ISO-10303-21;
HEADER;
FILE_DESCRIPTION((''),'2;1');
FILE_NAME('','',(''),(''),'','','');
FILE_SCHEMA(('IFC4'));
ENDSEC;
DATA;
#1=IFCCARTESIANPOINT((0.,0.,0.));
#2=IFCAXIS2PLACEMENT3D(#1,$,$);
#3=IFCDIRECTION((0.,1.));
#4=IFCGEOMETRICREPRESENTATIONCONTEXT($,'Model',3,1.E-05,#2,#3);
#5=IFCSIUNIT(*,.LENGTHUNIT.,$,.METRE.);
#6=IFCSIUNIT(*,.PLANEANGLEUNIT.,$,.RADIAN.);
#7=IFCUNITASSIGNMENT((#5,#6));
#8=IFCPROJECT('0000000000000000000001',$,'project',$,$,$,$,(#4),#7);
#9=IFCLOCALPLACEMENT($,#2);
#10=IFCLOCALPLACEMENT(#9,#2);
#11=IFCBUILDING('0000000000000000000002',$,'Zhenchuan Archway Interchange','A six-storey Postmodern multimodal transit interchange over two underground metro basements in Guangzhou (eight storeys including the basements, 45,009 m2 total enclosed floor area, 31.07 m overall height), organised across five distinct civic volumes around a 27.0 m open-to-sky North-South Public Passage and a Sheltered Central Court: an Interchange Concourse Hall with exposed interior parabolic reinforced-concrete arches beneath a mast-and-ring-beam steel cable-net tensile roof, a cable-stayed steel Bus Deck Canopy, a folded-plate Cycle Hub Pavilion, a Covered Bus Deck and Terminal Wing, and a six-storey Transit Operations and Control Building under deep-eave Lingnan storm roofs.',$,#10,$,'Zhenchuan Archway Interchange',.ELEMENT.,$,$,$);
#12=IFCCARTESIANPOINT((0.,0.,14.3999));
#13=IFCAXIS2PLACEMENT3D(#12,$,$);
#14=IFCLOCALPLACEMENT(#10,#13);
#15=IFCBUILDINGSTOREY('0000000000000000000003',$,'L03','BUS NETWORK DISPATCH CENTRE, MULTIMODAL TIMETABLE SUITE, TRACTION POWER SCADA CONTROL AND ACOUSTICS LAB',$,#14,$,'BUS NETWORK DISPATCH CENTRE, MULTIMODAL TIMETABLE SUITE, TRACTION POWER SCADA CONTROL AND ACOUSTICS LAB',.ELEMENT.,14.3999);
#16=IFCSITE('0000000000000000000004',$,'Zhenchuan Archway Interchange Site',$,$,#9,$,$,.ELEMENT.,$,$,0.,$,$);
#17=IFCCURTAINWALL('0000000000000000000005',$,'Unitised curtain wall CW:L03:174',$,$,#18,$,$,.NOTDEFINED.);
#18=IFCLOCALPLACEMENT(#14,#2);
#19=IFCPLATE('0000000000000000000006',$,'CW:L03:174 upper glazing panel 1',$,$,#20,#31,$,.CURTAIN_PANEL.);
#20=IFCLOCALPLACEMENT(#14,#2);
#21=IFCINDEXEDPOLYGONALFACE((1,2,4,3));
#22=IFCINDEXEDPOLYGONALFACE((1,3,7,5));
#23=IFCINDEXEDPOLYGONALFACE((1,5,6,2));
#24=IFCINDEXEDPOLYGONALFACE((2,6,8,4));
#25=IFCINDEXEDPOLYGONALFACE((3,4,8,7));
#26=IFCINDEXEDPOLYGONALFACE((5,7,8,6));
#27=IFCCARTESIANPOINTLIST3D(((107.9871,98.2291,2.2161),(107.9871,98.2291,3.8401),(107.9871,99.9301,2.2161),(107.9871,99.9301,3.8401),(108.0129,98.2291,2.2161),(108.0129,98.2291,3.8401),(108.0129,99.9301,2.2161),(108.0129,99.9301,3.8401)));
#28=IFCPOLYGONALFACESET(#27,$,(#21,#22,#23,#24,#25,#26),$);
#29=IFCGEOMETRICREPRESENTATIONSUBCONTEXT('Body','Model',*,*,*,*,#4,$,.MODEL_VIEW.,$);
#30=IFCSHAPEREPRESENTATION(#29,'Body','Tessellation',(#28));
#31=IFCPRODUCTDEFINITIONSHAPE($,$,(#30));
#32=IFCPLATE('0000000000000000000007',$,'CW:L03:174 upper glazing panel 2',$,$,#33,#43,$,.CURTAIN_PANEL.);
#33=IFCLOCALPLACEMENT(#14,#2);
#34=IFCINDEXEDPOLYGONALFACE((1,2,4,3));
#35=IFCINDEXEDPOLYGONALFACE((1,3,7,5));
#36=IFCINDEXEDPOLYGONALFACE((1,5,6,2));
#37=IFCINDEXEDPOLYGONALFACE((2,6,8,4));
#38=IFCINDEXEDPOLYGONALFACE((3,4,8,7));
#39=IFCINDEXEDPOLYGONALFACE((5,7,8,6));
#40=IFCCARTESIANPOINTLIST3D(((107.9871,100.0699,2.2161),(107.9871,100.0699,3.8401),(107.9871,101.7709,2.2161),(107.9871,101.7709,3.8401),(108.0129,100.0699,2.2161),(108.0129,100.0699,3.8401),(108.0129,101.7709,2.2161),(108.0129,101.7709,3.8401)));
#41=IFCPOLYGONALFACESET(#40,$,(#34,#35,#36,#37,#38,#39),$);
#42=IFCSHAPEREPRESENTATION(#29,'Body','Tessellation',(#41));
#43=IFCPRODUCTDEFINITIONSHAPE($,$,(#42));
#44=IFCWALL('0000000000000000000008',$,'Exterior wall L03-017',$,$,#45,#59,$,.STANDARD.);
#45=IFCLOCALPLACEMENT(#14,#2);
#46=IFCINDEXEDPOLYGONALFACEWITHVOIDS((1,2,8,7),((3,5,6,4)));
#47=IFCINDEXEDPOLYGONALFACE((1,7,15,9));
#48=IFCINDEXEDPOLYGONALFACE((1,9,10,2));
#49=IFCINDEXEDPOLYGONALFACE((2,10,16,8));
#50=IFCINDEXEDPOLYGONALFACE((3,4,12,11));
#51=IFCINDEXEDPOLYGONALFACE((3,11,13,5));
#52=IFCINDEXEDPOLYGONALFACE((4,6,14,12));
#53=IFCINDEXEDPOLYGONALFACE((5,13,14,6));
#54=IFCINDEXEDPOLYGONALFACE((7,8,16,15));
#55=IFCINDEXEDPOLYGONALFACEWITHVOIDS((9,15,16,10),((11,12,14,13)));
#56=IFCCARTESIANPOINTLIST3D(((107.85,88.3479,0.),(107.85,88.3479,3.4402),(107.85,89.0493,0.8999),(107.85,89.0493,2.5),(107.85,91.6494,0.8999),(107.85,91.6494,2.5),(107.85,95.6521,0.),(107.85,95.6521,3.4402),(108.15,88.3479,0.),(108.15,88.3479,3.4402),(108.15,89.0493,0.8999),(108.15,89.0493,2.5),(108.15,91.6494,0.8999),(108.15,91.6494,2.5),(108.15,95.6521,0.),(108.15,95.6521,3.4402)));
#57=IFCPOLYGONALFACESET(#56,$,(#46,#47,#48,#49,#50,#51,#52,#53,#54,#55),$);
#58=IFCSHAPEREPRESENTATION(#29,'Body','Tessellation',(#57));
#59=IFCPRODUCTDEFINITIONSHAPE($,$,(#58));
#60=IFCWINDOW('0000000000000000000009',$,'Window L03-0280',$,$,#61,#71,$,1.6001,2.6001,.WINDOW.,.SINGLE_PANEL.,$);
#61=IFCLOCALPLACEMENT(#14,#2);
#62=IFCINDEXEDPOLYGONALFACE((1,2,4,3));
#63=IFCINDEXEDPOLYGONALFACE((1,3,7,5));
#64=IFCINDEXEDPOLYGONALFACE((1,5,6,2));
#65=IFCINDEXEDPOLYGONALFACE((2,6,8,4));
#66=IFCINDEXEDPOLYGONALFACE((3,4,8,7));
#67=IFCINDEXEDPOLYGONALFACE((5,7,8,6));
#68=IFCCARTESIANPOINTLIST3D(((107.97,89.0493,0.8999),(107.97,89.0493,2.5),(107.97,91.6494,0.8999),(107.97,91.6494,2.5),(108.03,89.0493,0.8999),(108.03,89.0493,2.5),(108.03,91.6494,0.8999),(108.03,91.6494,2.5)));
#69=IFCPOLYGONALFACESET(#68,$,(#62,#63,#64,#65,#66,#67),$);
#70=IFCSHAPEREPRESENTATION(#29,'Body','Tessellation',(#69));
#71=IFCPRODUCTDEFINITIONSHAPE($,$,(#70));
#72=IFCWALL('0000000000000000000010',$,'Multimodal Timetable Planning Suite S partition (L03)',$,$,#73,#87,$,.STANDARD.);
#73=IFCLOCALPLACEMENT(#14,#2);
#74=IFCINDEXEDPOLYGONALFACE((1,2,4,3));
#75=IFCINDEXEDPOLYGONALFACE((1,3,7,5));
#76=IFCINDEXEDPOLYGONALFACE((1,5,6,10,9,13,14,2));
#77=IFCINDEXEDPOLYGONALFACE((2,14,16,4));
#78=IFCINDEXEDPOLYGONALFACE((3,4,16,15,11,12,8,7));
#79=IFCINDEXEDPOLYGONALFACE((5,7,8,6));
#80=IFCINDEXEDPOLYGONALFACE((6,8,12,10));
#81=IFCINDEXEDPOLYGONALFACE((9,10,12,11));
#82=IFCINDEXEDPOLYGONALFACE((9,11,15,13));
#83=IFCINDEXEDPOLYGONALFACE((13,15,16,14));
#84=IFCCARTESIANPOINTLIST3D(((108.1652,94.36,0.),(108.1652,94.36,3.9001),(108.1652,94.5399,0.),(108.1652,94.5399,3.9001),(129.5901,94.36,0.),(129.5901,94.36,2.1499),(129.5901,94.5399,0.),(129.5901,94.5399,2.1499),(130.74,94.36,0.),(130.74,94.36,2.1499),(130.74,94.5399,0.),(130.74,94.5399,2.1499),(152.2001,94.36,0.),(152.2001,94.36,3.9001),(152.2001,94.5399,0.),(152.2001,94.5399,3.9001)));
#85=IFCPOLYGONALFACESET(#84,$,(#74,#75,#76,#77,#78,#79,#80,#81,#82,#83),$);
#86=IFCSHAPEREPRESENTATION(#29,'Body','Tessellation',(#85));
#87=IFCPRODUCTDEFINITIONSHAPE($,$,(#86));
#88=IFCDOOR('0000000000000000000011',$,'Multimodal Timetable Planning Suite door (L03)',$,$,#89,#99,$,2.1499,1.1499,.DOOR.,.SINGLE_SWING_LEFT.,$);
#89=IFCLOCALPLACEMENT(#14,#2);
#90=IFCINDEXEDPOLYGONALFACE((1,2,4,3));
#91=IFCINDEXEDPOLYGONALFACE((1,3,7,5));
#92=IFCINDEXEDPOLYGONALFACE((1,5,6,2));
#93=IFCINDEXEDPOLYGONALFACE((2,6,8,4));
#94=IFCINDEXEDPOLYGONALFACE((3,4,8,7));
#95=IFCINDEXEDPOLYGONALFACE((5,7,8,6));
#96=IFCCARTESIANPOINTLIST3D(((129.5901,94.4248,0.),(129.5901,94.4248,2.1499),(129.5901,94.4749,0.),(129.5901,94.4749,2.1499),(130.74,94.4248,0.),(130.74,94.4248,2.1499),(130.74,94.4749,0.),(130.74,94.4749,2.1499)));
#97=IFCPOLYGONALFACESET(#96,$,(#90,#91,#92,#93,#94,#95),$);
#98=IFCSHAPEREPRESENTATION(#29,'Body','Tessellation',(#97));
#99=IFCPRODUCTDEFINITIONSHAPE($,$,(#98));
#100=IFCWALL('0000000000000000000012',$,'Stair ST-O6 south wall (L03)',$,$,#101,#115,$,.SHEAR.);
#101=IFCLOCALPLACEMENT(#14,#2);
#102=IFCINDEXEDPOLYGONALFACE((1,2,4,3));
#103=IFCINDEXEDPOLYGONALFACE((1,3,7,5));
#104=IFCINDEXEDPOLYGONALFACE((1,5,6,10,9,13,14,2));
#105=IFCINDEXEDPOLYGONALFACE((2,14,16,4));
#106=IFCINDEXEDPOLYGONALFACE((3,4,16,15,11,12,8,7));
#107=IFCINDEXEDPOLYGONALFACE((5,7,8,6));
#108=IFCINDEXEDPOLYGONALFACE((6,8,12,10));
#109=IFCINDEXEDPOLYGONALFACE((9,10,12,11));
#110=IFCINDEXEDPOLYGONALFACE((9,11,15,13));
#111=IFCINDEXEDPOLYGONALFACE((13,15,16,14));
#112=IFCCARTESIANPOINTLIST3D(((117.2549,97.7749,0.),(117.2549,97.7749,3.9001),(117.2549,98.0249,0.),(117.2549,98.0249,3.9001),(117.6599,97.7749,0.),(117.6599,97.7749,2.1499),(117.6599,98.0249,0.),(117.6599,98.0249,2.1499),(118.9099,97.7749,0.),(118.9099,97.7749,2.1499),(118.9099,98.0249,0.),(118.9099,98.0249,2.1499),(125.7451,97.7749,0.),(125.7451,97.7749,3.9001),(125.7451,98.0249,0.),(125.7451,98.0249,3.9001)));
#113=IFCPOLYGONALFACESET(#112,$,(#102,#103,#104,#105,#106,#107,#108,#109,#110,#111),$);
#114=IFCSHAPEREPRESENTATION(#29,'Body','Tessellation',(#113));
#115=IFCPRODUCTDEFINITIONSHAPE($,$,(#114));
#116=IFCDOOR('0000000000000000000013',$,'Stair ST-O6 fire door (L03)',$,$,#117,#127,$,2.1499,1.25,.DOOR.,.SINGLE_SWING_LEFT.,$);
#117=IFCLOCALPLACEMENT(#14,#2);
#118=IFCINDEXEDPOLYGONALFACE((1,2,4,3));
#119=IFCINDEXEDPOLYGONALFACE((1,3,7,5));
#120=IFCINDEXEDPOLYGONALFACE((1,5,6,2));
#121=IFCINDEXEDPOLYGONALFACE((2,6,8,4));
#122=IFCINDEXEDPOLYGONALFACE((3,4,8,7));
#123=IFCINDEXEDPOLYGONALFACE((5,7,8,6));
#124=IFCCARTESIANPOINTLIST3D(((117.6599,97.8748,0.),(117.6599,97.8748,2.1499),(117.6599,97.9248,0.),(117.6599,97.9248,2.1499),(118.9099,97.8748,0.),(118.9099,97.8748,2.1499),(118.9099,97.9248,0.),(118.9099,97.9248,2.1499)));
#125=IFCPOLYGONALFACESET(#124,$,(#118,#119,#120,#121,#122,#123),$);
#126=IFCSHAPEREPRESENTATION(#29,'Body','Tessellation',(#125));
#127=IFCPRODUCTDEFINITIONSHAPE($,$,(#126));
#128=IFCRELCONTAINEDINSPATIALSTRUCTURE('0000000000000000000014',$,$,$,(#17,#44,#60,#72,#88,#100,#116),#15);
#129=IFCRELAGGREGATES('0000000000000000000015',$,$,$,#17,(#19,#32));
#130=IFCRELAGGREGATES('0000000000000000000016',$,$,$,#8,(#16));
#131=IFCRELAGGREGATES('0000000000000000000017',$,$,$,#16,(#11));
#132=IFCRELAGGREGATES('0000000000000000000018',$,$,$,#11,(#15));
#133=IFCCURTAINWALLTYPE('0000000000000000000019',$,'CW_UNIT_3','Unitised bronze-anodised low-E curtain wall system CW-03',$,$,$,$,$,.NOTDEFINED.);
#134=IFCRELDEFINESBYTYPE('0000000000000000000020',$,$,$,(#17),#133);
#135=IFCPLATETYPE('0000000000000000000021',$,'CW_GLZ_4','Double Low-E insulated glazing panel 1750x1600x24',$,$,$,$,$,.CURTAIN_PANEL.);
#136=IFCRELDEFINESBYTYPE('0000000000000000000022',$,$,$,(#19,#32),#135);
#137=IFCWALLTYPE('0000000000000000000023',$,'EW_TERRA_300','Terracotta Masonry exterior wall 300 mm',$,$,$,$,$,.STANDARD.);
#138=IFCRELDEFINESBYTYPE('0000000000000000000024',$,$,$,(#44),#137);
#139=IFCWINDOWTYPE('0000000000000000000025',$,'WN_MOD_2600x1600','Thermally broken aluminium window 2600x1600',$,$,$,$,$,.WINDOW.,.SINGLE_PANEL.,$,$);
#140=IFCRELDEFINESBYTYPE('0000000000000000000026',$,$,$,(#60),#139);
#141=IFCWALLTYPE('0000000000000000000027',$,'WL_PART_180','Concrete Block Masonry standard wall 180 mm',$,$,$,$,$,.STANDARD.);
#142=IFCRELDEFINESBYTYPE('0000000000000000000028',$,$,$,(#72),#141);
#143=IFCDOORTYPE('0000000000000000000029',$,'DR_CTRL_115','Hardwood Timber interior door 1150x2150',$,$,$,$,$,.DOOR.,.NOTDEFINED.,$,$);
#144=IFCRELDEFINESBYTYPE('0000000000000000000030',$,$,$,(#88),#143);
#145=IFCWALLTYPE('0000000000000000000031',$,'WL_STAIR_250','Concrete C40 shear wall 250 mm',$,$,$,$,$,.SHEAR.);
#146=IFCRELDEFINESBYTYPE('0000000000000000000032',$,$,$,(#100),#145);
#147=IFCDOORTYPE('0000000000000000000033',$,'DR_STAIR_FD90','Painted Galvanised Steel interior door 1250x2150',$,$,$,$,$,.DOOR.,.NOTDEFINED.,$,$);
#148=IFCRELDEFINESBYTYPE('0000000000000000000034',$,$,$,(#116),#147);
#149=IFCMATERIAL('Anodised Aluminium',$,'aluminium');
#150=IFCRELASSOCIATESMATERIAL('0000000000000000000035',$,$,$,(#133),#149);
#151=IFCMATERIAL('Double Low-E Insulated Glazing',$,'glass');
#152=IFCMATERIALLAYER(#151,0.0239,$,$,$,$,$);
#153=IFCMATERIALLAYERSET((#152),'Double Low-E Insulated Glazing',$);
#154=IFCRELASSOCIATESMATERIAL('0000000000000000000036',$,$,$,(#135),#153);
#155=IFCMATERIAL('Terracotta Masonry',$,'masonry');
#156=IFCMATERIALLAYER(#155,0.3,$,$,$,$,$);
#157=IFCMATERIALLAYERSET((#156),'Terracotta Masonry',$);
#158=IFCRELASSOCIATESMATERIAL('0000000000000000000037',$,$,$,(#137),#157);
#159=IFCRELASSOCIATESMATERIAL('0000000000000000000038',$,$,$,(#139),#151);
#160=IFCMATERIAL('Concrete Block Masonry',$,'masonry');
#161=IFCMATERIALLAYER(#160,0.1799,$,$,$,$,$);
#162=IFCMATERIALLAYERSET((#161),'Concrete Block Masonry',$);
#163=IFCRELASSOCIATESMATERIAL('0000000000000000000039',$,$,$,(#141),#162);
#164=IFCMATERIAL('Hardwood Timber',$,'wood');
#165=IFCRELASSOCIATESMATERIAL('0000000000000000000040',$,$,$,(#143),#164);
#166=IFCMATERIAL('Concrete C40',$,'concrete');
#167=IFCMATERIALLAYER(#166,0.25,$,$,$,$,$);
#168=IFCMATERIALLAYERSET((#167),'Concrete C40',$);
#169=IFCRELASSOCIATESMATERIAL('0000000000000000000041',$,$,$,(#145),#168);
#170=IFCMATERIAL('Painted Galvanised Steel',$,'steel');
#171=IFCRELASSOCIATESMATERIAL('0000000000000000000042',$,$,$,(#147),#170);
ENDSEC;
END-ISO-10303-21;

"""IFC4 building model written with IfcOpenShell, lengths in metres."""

from ifc_helpers import new_model, si_unit, direction, frame, frame_2d, origin, origin_2d, place, context, subcontext, project, spatial, rectangle, extrude, material, layer, layer_set, type_object, element, fill, aggregate, save


model = new_model("IFC4")

# Units and contexts
model_context = context("Model", 3, precision=1e-05, world=origin(), true_north=direction((0.0, 1.0)))
body_context = subcontext(model_context, "Body", "Model", "MODEL_VIEW")
ifc_project = project(units=[si_unit("LENGTHUNIT", "METRE"), si_unit("PLANEANGLEUNIT", "RADIAN")], contexts=[model_context])

# Site, building, storey
site_placement = place(None, origin())
site = spatial("IfcSite", under=ifc_project, at=site_placement, Name="Zhenchuan Archway Interchange Site", CompositionType="ELEMENT", RefElevation=0.0)
building_placement = place(site_placement, origin())
building = spatial("IfcBuilding", under=site, at=building_placement, Name="Zhenchuan Archway Interchange", Description="A six-storey Postmodern multimodal transit interchange over two underground metro basements in Guangzhou (eight storeys including the basements, 45,009 m2 total enclosed floor area, 31.07 m overall height), organised across five distinct civic volumes around a 27.0 m open-to-sky North-South Public Passage and a Sheltered Central Court: an Interchange Concourse Hall with exposed interior parabolic reinforced-concrete arches beneath a mast-and-ring-beam steel cable-net tensile roof, a cable-stayed steel Bus Deck Canopy, a folded-plate Cycle Hub Pavilion, a Covered Bus Deck and Terminal Wing, and a six-storey Transit Operations and Control Building under deep-eave Lingnan storm roofs.", LongName="Zhenchuan Archway Interchange", CompositionType="ELEMENT")
storey_placement = place(building_placement, frame((0.0, 0.0, 14.3999)))
storey = spatial("IfcBuildingStorey", under=building, at=storey_placement, Name="L03", Description="BUS NETWORK DISPATCH CENTRE, MULTIMODAL TIMETABLE SUITE, TRACTION POWER SCADA CONTROL AND ACOUSTICS LAB", LongName="BUS NETWORK DISPATCH CENTRE, MULTIMODAL TIMETABLE SUITE, TRACTION POWER SCADA CONTROL AND ACOUSTICS LAB", CompositionType="ELEMENT", Elevation=14.3999)

# Shared definitions
ifc_material_1 = material(Name="Concrete C40", Category="concrete")

# Curtain wall
ifc_material_2 = material(Name="Anodised Aluminium", Category="aluminium")
curtain_wall_type = type_object("IfcCurtainWallType", Name="CW_UNIT_3", Description="Unitised bronze-anodised low-E curtain wall system CW-03", PredefinedType="NOTDEFINED", material=ifc_material_2)
curtain_wall_placement = place(storey_placement, origin())
curtain_wall = element("IfcCurtainWall", 1, at=curtain_wall_placement, inside=storey, type_object=curtain_wall_type, Name="Unitised curtain wall CW:L03:174", PredefinedType="NOTDEFINED")

# Plates
ifc_material_3 = material(Name="Double Low-E Insulated Glazing", Category="glass")
ifc_layer_1 = layer(ifc_material_3, 0.0239)
ifc_layer_set_1 = layer_set([ifc_layer_1], Name="Double Low-E Insulated Glazing")
plate_type_1 = type_object("IfcPlateType", Name="CW_GLZ_4", Description="Double Low-E insulated glazing panel 1750x1600x24", PredefinedType="CURTAIN_PANEL", material=ifc_layer_set_1)
plate_1_placement = place(storey_placement, frame((108.0, 99.0796, 2.2161), z_axis=(0.0, 0.0, 1.0), x_axis=(0.0, 1.0, 0.0)))
plate_1 = element("IfcPlate", 2, at=plate_1_placement, type_object=plate_type_1, Name="CW:L03:174 upper glazing panel 1", PredefinedType="CURTAIN_PANEL", context=body_context, shape_type="SweptSolid", body=[
    extrude(rectangle(XDim=1.7009, YDim=0.0259, at=origin_2d()), origin(), (0.0, 0.0, 1.0), 1.624),
])
plate_2_placement = place(storey_placement, frame((108.0, 100.9204, 2.2161), z_axis=(0.0, 0.0, 1.0), x_axis=(0.0, 1.0, 0.0)))
plate_2 = element("IfcPlate", 3, at=plate_2_placement, type_object=plate_type_1, Name="CW:L03:174 upper glazing panel 2", PredefinedType="CURTAIN_PANEL", context=body_context, shape_type="SweptSolid", body=[
    extrude(rectangle(XDim=1.7009, YDim=0.0259, at=origin_2d()), origin(), (0.0, 0.0, 1.0), 1.624),
])
aggregate(curtain_wall, [plate_1, plate_2])

# Wall, opening, window
ifc_material_4 = material(Name="Terracotta Masonry", Category="masonry")
ifc_layer_2 = layer(ifc_material_4, 0.3)
ifc_layer_set_2 = layer_set([ifc_layer_2], Name="Terracotta Masonry")
wall_type_1 = type_object("IfcWallType", Name="EW_TERRA_300", Description="Terracotta Masonry exterior wall 300 mm", PredefinedType="STANDARD", material=ifc_layer_set_2)
wall_1_placement = place(storey_placement, frame((108.0, 88.3479, 0.0), z_axis=(0.0, 0.0, 1.0), x_axis=(0.0, 1.0, 0.0)))
wall_1 = element("IfcWall", 4, at=wall_1_placement, inside=storey, type_object=wall_type_1, Name="Exterior wall L03-017", PredefinedType="STANDARD", context=body_context, shape_type="SweptSolid", body=[
    extrude(rectangle(XDim=7.3042, YDim=0.3, at=frame_2d((3.6521, 0.0))), origin(), (0.0, 0.0, 1.0), 3.4402),
])
opening_1_placement = place(wall_1_placement, frame((0.7014, 0.0, 0.8999)))
opening_1 = element("IfcOpeningElement", 5, at=opening_1_placement, cuts=wall_1, PredefinedType="OPENING", context=body_context, shape_type="SweptSolid", body=[
    extrude(rectangle(XDim=2.6001, YDim=1.6001, at=frame_2d((1.3, 0.8))), frame((0.0, 0.1621, 0.0), z_axis=(0.0, -1.0, 0.0), x_axis=(1.0, 0.0, 0.0)), (0.0, 0.0, 1.0), 0.324),
])
window_type = type_object("IfcWindowType", Name="WN_MOD_2600x1600", Description="Thermally broken aluminium window 2600x1600", PartitioningType="SINGLE_PANEL", PredefinedType="WINDOW", material=ifc_material_3)
window_placement = place(opening_1_placement, origin())
window = element("IfcWindow", 6, at=window_placement, inside=storey, type_object=window_type, Name="Window L03-0280", OverallHeight=1.6001, OverallWidth=2.6001, PartitioningType="SINGLE_PANEL", PredefinedType="WINDOW", context=body_context, shape_type="SweptSolid", body=[
    extrude(rectangle(XDim=2.6001, YDim=1.6001, at=frame_2d((1.3, 0.8))), frame((0.0, 0.03, 0.0), z_axis=(0.0, -1.0, 0.0), x_axis=(1.0, 0.0, 0.0)), (0.0, 0.0, 1.0), 0.0601),
])
fill(opening_1, window)

# Walls, openings, doors
ifc_material_5 = material(Name="Concrete Block Masonry", Category="masonry")
ifc_layer_3 = layer(ifc_material_5, 0.1799)
ifc_layer_set_3 = layer_set([ifc_layer_3], Name="Concrete Block Masonry")
wall_type_2 = type_object("IfcWallType", Name="WL_PART_180", Description="Concrete Block Masonry standard wall 180 mm", PredefinedType="STANDARD", material=ifc_layer_set_3)
wall_2_placement = place(storey_placement, frame((108.165, 94.45, 0.0), z_axis=(0.0, 0.0, 1.0), x_axis=(1.0, 0.0, 0.0)))
wall_2 = element("IfcWall", 7, at=wall_2_placement, inside=storey, type_object=wall_type_2, Name="Multimodal Timetable Planning Suite S partition (L03)", PredefinedType="STANDARD", context=body_context, shape_type="SweptSolid", body=[
    extrude(rectangle(XDim=44.0349, YDim=0.1799, at=frame_2d((22.0176, 0.0))), origin(), (0.0, 0.0, 1.0), 3.9001),
])
opening_2_placement = place(wall_2_placement, frame((21.425, 0.0, 0.0)))
opening_2 = element("IfcOpeningElement", 8, at=opening_2_placement, cuts=wall_2, PredefinedType="OPENING", context=body_context, shape_type="SweptSolid", body=[
    extrude(rectangle(XDim=1.1499, YDim=2.1499, at=frame_2d((0.575, 1.075))), frame((0.0, 0.1021, 0.0), z_axis=(0.0, -1.0, 0.0), x_axis=(1.0, 0.0, 0.0)), (0.0, 0.0, 1.0), 0.2039),
])
ifc_material_6 = material(Name="Hardwood Timber", Category="wood")
door_type_1 = type_object("IfcDoorType", Name="DR_CTRL_115", Description="Hardwood Timber interior door 1150x2150", OperationType="NOTDEFINED", PredefinedType="DOOR", material=ifc_material_6)
door_1_placement = place(opening_2_placement, origin())
door_1 = element("IfcDoor", 9, at=door_1_placement, inside=storey, type_object=door_type_1, Name="Multimodal Timetable Planning Suite door (L03)", OperationType="SINGLE_SWING_LEFT", OverallHeight=2.1499, OverallWidth=1.1499, PredefinedType="DOOR", context=body_context, shape_type="SweptSolid", body=[
    extrude(rectangle(XDim=1.1499, YDim=2.1499, at=frame_2d((0.575, 1.075))), frame((0.0, 0.0249, 0.0), z_axis=(0.0, -1.0, 0.0), x_axis=(1.0, 0.0, 0.0)), (0.0, 0.0, 1.0), 0.05),
])
fill(opening_2, door_1)
ifc_layer_4 = layer(ifc_material_1, 0.25)
ifc_layer_set_4 = layer_set([ifc_layer_4], Name="Concrete C40")
wall_type_3 = type_object("IfcWallType", Name="WL_STAIR_250", Description="Concrete C40 shear wall 250 mm", PredefinedType="SHEAR", material=ifc_layer_set_4)
wall_3_placement = place(storey_placement, frame((117.2549, 97.8999, 0.0), z_axis=(0.0, 0.0, 1.0), x_axis=(1.0, 0.0, 0.0)))
wall_3 = element("IfcWall", 10, at=wall_3_placement, inside=storey, type_object=wall_type_3, Name="Stair ST-O6 south wall (L03)", PredefinedType="SHEAR", context=body_context, shape_type="SweptSolid", body=[
    extrude(rectangle(XDim=8.4902, YDim=0.25, at=frame_2d((4.2451, 0.0))), origin(), (0.0, 0.0, 1.0), 3.9001),
])
opening_3_placement = place(wall_3_placement, frame((0.405, 0.0, 0.0)))
opening_3 = element("IfcOpeningElement", 11, at=opening_3_placement, cuts=wall_3, PredefinedType="OPENING", context=body_context, shape_type="SweptSolid", body=[
    extrude(rectangle(XDim=1.25, YDim=2.1499, at=frame_2d((0.625, 1.075))), frame((0.0, 0.137, 0.0), z_axis=(0.0, -1.0, 0.0), x_axis=(1.0, 0.0, 0.0)), (0.0, 0.0, 1.0), 0.2739),
])
ifc_material_7 = material(Name="Painted Galvanised Steel", Category="steel")
door_type_2 = type_object("IfcDoorType", Name="DR_STAIR_FD90", Description="Painted Galvanised Steel interior door 1250x2150", OperationType="NOTDEFINED", PredefinedType="DOOR", material=ifc_material_7)
door_2_placement = place(opening_3_placement, origin())
door_2 = element("IfcDoor", 12, at=door_2_placement, inside=storey, type_object=door_type_2, Name="Stair ST-O6 fire door (L03)", OperationType="SINGLE_SWING_LEFT", OverallHeight=2.1499, OverallWidth=1.25, PredefinedType="DOOR", context=body_context, shape_type="SweptSolid", body=[
    extrude(rectangle(XDim=1.25, YDim=2.1499, at=frame_2d((0.625, 1.075))), frame((0.0, 0.0249, 0.0), z_axis=(0.0, -1.0, 0.0), x_axis=(1.0, 0.0, 0.0)), (0.0, 0.0, 1.0), 0.05),
])
fill(opening_3, door_2)

save(model, "model.ifc")
